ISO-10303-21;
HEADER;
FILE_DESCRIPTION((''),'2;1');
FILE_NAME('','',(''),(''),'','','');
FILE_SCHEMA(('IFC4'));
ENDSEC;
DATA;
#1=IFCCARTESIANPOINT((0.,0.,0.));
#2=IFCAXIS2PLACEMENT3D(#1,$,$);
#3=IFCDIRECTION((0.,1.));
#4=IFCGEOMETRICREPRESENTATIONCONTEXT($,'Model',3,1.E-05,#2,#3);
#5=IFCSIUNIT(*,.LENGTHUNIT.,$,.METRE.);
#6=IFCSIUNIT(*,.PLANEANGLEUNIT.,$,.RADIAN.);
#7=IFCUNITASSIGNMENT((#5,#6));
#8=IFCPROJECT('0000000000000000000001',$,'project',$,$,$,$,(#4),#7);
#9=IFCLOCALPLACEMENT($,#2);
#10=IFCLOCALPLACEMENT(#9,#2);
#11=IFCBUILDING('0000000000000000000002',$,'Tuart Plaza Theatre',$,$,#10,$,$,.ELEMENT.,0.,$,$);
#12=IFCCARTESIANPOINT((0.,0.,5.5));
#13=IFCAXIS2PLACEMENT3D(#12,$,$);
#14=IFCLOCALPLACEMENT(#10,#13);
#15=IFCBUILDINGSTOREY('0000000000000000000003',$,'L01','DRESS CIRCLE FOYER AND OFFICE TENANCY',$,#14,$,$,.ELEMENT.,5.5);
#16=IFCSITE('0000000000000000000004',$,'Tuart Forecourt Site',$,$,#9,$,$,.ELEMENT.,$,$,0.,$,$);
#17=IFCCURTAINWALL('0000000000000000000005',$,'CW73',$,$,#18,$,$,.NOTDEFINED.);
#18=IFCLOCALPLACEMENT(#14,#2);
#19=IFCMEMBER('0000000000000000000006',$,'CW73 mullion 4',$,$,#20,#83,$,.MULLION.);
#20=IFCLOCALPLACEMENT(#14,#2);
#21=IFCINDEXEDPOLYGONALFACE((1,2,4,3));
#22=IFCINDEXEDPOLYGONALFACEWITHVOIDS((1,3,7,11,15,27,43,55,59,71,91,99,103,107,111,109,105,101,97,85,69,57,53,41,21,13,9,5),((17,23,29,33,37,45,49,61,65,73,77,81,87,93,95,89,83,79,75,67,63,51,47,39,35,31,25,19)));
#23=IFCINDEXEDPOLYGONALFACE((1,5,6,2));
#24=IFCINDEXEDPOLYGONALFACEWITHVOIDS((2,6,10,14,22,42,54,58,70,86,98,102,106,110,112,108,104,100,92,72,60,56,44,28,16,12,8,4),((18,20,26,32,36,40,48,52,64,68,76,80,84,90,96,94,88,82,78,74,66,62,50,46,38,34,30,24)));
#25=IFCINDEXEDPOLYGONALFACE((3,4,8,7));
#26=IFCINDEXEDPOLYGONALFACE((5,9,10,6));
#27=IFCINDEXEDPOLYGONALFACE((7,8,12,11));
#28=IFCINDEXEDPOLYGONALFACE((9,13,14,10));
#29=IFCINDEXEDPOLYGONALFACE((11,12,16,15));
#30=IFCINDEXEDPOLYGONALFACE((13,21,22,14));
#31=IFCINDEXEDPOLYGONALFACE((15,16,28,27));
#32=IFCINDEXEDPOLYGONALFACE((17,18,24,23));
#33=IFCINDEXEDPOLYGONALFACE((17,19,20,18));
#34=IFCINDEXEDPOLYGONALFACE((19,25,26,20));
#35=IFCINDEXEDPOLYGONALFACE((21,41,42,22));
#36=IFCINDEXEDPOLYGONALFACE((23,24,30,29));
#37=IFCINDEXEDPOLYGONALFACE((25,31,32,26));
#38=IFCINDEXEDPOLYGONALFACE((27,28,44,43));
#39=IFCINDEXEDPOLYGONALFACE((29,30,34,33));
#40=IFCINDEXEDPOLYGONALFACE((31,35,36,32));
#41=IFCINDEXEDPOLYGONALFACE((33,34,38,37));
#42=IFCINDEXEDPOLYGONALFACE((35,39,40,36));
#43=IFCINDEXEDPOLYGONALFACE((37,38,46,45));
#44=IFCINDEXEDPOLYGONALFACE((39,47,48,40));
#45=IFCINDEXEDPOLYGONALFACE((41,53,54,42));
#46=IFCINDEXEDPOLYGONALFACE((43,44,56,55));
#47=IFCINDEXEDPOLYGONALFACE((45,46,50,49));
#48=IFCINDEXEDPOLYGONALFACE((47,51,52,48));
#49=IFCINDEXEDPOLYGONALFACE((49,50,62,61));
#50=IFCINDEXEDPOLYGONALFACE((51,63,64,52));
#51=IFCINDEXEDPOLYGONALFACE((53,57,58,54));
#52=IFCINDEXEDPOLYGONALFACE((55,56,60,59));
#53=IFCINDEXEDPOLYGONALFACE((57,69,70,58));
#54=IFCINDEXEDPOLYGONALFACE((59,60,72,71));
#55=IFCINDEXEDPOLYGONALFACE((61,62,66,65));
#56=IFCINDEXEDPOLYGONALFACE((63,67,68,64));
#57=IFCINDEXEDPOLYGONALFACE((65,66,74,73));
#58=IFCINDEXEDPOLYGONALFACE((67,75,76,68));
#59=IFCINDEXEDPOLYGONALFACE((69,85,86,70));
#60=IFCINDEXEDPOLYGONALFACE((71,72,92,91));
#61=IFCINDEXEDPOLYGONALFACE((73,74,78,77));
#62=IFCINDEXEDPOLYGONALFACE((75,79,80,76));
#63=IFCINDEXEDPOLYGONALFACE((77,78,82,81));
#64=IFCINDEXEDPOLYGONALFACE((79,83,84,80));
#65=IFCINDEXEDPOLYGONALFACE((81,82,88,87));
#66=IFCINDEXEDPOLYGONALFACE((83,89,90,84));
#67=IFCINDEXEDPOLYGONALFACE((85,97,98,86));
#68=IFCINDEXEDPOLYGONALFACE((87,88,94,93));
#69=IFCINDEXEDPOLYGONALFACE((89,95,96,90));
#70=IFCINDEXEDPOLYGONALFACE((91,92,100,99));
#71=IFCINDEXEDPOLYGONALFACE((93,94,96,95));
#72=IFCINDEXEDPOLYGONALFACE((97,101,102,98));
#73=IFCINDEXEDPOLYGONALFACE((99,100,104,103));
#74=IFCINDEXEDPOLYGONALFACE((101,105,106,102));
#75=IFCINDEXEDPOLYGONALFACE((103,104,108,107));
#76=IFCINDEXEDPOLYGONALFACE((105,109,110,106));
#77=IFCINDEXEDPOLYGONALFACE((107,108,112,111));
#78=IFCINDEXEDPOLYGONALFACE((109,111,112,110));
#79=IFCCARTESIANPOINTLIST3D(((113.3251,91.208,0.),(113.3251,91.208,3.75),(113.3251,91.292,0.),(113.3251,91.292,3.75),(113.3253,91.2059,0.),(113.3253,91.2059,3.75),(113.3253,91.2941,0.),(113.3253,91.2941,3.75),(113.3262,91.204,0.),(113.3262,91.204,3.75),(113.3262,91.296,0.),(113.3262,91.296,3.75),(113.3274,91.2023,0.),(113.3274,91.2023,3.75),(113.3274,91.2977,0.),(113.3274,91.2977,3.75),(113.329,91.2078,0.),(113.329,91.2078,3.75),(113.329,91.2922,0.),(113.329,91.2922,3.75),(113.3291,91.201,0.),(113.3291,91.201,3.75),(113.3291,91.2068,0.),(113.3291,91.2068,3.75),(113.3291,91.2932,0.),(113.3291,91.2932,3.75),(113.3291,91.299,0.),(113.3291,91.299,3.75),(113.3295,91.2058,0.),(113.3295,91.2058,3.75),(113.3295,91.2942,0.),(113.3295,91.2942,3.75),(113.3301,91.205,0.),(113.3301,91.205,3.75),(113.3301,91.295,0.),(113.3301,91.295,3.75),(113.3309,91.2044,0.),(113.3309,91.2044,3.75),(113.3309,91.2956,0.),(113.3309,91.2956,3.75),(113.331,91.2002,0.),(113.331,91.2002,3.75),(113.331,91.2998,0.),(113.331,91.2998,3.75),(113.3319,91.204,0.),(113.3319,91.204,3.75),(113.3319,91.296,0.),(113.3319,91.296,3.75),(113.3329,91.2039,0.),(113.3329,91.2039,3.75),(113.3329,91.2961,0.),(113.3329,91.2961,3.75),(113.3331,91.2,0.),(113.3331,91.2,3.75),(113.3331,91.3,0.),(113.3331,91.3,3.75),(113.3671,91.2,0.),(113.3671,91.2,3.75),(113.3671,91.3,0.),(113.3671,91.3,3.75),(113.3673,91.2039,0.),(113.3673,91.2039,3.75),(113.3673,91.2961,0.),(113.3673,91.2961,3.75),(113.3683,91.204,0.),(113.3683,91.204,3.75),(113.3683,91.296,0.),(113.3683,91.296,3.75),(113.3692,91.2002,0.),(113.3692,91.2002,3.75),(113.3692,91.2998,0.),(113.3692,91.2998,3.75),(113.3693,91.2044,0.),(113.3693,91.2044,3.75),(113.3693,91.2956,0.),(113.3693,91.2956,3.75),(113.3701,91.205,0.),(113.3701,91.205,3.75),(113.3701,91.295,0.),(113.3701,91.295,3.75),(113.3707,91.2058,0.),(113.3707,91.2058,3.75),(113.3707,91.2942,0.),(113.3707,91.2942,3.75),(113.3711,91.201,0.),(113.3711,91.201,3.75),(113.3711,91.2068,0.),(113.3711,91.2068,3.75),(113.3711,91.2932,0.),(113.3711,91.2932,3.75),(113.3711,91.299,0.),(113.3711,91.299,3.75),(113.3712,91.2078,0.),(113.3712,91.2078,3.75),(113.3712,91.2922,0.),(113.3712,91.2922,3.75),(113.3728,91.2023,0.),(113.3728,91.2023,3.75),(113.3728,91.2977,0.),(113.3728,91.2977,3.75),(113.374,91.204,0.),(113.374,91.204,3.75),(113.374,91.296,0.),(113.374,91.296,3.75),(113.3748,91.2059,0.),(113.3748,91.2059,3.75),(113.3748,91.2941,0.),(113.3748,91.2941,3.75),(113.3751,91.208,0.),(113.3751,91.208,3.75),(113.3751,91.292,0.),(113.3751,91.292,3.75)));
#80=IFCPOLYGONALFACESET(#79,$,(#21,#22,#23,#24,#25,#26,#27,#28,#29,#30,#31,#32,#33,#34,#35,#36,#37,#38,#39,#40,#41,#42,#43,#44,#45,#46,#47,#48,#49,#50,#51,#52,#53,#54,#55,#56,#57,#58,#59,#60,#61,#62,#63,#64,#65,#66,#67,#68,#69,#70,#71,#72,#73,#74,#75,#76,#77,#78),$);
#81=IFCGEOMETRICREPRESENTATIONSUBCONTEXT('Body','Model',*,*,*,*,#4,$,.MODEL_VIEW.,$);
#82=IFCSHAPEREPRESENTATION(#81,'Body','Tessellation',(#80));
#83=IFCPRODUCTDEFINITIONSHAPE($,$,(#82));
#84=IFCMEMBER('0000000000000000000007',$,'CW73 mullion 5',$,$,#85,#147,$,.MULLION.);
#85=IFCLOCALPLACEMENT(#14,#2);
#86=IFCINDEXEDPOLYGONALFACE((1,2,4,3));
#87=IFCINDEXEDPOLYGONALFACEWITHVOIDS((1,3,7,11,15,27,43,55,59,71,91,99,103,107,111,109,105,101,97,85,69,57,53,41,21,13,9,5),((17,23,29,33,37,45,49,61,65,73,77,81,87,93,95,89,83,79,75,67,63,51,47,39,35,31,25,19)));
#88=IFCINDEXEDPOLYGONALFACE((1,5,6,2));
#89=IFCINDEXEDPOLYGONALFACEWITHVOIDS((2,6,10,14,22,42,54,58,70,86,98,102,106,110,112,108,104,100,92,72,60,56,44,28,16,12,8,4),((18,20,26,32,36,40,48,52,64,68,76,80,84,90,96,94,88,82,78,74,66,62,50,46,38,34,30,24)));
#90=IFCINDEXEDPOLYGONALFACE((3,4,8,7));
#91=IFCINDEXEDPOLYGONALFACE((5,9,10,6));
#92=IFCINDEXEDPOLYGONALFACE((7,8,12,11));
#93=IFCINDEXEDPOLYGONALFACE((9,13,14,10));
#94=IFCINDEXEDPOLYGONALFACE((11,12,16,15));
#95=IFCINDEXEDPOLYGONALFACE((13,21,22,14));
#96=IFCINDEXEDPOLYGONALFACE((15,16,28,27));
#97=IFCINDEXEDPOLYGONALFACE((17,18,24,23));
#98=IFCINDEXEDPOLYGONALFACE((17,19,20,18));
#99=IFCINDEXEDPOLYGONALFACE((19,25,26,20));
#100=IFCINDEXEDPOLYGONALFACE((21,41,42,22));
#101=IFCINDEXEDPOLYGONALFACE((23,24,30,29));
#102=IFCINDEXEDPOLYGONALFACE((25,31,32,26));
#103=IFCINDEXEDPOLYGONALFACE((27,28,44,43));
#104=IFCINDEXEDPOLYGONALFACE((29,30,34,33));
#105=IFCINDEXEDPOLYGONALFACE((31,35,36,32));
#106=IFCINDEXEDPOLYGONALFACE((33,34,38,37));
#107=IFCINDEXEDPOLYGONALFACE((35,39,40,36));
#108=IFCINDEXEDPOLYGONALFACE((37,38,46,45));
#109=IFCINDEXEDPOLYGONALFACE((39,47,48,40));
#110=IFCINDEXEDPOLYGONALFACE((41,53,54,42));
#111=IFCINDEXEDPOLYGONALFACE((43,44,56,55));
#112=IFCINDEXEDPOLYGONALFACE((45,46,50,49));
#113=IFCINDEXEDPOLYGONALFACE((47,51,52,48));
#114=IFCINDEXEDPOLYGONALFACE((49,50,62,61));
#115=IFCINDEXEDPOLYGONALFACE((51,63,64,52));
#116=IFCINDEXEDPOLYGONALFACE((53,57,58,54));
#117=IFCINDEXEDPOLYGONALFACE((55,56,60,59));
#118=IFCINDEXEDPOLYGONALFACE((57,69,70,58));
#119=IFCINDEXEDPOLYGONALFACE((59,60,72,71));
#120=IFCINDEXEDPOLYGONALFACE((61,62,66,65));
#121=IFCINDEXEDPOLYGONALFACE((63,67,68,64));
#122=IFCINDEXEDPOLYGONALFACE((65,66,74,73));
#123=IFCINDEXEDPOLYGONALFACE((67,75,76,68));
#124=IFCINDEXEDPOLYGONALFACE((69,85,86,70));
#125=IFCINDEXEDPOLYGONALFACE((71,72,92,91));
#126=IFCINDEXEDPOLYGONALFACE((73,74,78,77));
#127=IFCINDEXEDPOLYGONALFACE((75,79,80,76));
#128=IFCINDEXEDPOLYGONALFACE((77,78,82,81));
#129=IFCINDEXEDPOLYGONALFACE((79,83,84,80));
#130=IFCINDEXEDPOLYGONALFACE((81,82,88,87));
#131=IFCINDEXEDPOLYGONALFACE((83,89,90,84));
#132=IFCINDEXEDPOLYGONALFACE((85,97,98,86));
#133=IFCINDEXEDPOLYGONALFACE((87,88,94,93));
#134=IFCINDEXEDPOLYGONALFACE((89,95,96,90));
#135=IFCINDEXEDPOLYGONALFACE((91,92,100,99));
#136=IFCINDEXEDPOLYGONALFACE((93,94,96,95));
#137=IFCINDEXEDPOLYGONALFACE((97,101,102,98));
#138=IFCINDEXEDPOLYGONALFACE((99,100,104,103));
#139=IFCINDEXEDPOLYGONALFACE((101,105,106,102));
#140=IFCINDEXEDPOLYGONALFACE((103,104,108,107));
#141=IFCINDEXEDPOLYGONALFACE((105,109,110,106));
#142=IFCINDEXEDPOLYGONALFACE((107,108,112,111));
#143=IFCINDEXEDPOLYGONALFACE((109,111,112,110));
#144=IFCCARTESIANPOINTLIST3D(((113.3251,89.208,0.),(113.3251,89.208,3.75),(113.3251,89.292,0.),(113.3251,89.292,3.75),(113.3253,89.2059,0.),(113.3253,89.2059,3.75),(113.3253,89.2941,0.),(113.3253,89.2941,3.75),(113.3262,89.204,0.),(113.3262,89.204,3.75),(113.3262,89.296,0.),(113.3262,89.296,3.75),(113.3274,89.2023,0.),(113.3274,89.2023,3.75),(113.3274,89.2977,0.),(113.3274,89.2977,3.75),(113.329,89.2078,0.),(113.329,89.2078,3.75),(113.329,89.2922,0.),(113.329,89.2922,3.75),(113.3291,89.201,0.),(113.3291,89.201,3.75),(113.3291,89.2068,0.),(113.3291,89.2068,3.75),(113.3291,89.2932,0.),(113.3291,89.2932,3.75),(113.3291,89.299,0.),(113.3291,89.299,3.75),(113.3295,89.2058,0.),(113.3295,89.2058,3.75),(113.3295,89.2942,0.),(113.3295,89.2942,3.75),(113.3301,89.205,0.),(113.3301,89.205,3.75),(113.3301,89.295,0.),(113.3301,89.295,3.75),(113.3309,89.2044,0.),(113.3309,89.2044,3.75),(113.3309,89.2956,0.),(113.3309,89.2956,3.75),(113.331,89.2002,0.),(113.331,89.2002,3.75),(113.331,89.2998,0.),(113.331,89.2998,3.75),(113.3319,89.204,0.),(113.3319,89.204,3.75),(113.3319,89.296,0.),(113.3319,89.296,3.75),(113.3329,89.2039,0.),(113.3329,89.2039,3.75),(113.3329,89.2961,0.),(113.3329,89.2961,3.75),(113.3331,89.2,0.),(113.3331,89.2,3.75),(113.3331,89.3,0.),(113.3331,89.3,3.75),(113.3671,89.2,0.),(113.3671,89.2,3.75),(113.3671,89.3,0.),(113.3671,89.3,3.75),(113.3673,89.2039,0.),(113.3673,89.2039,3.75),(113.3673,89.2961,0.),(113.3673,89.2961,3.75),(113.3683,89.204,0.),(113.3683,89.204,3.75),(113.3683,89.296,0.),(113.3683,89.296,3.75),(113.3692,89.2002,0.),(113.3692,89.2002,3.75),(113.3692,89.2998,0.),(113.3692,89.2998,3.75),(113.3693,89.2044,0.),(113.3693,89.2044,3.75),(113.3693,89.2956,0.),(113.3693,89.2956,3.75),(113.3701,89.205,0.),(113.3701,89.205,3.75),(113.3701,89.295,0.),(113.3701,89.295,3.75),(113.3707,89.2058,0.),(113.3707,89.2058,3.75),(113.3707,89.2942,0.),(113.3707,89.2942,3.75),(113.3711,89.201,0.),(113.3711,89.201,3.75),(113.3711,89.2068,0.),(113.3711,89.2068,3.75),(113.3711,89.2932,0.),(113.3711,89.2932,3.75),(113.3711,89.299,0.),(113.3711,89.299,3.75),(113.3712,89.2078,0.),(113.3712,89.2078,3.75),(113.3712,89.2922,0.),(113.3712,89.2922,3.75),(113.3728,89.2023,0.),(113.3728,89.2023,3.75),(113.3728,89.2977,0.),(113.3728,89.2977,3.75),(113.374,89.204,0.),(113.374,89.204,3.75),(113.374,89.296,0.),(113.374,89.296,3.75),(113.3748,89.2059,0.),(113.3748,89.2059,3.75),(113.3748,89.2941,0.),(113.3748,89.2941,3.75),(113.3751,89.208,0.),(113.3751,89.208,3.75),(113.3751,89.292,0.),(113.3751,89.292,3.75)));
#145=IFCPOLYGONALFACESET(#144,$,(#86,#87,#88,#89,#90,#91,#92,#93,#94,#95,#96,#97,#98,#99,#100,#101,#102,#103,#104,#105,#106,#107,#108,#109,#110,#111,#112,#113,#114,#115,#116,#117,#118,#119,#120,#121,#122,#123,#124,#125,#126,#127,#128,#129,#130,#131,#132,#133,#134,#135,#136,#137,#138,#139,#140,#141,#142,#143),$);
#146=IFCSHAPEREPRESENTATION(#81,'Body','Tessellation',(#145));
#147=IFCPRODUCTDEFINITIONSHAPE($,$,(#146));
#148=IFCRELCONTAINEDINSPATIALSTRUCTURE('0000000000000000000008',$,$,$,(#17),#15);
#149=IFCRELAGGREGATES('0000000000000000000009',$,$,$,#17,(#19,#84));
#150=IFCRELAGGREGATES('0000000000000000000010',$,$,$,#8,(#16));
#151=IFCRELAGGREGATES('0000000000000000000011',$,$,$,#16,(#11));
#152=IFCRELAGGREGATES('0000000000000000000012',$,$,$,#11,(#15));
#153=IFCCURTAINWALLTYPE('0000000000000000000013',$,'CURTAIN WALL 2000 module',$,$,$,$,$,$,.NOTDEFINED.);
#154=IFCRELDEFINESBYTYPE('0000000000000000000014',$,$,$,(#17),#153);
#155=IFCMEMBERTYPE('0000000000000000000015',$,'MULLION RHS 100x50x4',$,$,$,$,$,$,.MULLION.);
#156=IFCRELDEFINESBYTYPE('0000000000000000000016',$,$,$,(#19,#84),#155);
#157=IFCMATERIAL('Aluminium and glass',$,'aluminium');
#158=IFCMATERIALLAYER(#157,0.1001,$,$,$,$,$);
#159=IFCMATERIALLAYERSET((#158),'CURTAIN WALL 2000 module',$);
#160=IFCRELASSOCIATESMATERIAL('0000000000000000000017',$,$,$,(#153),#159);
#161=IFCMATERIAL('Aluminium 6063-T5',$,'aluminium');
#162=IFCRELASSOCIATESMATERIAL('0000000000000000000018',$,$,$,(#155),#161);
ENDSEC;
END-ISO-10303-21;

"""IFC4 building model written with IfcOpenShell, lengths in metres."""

from ifc_helpers import new_model, si_unit, direction, frame, origin, origin_2d, place, context, subcontext, project, spatial, hollow_rectangle, extrude, material, layer, layer_set, material_profile, profile_set, type_object, element, aggregate, save


model = new_model("IFC4")

# Units and contexts
model_context = context("Model", 3, precision=1e-05, world=origin(), true_north=direction((0.0, 1.0)))
body_context = subcontext(model_context, "Body", "Model", "MODEL_VIEW")
ifc_project = project(units=[si_unit("LENGTHUNIT", "METRE"), si_unit("PLANEANGLEUNIT", "RADIAN")], contexts=[model_context])

# Site, building, storey
site_placement = place(None, origin())
site = spatial("IfcSite", under=ifc_project, at=site_placement, Name="Tuart Forecourt Site", CompositionType="ELEMENT", RefElevation=0.0)
building_placement = place(site_placement, origin())
building = spatial("IfcBuilding", under=site, at=building_placement, Name="Tuart Plaza Theatre", CompositionType="ELEMENT", ElevationOfRefHeight=0.0)
storey_placement = place(building_placement, frame((0.0, 0.0, 5.5)))
storey = spatial("IfcBuildingStorey", under=building, at=storey_placement, Name="L01", Description="DRESS CIRCLE FOYER AND OFFICE TENANCY", CompositionType="ELEMENT", Elevation=5.5)

# Curtain wall, members
ifc_material_1 = material(Name="Aluminium and glass", Category="aluminium")
ifc_layer_1 = layer(ifc_material_1, 0.1001)
ifc_layer_set_1 = layer_set([ifc_layer_1], Name="CURTAIN WALL 2000 module")
curtain_wall_type = type_object("IfcCurtainWallType", Name="CURTAIN WALL 2000 module", PredefinedType="NOTDEFINED", material=ifc_layer_set_1)
curtain_wall_placement = place(storey_placement, origin())
curtain_wall = element("IfcCurtainWall", 1, at=curtain_wall_placement, inside=storey, type_object=curtain_wall_type, Name="CW73", PredefinedType="NOTDEFINED")
ifc_material_2 = material(Name="Aluminium 6063-T5", Category="aluminium")
ifc_material_profile_1 = material_profile(ifc_material_2, hollow_rectangle(XDim=0.05, YDim=0.1001, WallThickness=0.0039, InnerFilletRadius=0.0039, OuterFilletRadius=0.0081, at=origin_2d()), Name="RHS 100x50x4")
ifc_profile_set_1 = profile_set([ifc_material_profile_1], Name="Aluminium 6063-T5")
member_type_1 = type_object("IfcMemberType", Name="MULLION RHS 100x50x4", PredefinedType="MULLION", material=ifc_profile_set_1)
member_1_placement = place(storey_placement, frame((113.3501, 91.25, 0.0), z_axis=(0.0, 0.0, 1.0), x_axis=(1.0, 0.0, 0.0)))
member_1 = element("IfcMember", 2, at=member_1_placement, type_object=member_type_1, Name="CW73 mullion 4", PredefinedType="MULLION", context=body_context, shape_type="SweptSolid", body=[
    extrude(hollow_rectangle(XDim=0.05, YDim=0.1001, WallThickness=0.0039, InnerFilletRadius=0.0039, OuterFilletRadius=0.0081, at=origin_2d()), origin(), (0.0, 0.0, 1.0), 3.75),
])
member_2_placement = place(storey_placement, frame((113.3501, 89.25, 0.0), z_axis=(0.0, 0.0, 1.0), x_axis=(1.0, 0.0, 0.0)))
member_2 = element("IfcMember", 3, at=member_2_placement, type_object=member_type_1, Name="CW73 mullion 5", PredefinedType="MULLION", context=body_context, shape_type="SweptSolid", body=[
    extrude(hollow_rectangle(XDim=0.05, YDim=0.1001, WallThickness=0.0039, InnerFilletRadius=0.0039, OuterFilletRadius=0.0081, at=origin_2d()), origin(), (0.0, 0.0, 1.0), 3.75),
])
aggregate(curtain_wall, [member_1, member_2])

save(model, "model.ifc")
